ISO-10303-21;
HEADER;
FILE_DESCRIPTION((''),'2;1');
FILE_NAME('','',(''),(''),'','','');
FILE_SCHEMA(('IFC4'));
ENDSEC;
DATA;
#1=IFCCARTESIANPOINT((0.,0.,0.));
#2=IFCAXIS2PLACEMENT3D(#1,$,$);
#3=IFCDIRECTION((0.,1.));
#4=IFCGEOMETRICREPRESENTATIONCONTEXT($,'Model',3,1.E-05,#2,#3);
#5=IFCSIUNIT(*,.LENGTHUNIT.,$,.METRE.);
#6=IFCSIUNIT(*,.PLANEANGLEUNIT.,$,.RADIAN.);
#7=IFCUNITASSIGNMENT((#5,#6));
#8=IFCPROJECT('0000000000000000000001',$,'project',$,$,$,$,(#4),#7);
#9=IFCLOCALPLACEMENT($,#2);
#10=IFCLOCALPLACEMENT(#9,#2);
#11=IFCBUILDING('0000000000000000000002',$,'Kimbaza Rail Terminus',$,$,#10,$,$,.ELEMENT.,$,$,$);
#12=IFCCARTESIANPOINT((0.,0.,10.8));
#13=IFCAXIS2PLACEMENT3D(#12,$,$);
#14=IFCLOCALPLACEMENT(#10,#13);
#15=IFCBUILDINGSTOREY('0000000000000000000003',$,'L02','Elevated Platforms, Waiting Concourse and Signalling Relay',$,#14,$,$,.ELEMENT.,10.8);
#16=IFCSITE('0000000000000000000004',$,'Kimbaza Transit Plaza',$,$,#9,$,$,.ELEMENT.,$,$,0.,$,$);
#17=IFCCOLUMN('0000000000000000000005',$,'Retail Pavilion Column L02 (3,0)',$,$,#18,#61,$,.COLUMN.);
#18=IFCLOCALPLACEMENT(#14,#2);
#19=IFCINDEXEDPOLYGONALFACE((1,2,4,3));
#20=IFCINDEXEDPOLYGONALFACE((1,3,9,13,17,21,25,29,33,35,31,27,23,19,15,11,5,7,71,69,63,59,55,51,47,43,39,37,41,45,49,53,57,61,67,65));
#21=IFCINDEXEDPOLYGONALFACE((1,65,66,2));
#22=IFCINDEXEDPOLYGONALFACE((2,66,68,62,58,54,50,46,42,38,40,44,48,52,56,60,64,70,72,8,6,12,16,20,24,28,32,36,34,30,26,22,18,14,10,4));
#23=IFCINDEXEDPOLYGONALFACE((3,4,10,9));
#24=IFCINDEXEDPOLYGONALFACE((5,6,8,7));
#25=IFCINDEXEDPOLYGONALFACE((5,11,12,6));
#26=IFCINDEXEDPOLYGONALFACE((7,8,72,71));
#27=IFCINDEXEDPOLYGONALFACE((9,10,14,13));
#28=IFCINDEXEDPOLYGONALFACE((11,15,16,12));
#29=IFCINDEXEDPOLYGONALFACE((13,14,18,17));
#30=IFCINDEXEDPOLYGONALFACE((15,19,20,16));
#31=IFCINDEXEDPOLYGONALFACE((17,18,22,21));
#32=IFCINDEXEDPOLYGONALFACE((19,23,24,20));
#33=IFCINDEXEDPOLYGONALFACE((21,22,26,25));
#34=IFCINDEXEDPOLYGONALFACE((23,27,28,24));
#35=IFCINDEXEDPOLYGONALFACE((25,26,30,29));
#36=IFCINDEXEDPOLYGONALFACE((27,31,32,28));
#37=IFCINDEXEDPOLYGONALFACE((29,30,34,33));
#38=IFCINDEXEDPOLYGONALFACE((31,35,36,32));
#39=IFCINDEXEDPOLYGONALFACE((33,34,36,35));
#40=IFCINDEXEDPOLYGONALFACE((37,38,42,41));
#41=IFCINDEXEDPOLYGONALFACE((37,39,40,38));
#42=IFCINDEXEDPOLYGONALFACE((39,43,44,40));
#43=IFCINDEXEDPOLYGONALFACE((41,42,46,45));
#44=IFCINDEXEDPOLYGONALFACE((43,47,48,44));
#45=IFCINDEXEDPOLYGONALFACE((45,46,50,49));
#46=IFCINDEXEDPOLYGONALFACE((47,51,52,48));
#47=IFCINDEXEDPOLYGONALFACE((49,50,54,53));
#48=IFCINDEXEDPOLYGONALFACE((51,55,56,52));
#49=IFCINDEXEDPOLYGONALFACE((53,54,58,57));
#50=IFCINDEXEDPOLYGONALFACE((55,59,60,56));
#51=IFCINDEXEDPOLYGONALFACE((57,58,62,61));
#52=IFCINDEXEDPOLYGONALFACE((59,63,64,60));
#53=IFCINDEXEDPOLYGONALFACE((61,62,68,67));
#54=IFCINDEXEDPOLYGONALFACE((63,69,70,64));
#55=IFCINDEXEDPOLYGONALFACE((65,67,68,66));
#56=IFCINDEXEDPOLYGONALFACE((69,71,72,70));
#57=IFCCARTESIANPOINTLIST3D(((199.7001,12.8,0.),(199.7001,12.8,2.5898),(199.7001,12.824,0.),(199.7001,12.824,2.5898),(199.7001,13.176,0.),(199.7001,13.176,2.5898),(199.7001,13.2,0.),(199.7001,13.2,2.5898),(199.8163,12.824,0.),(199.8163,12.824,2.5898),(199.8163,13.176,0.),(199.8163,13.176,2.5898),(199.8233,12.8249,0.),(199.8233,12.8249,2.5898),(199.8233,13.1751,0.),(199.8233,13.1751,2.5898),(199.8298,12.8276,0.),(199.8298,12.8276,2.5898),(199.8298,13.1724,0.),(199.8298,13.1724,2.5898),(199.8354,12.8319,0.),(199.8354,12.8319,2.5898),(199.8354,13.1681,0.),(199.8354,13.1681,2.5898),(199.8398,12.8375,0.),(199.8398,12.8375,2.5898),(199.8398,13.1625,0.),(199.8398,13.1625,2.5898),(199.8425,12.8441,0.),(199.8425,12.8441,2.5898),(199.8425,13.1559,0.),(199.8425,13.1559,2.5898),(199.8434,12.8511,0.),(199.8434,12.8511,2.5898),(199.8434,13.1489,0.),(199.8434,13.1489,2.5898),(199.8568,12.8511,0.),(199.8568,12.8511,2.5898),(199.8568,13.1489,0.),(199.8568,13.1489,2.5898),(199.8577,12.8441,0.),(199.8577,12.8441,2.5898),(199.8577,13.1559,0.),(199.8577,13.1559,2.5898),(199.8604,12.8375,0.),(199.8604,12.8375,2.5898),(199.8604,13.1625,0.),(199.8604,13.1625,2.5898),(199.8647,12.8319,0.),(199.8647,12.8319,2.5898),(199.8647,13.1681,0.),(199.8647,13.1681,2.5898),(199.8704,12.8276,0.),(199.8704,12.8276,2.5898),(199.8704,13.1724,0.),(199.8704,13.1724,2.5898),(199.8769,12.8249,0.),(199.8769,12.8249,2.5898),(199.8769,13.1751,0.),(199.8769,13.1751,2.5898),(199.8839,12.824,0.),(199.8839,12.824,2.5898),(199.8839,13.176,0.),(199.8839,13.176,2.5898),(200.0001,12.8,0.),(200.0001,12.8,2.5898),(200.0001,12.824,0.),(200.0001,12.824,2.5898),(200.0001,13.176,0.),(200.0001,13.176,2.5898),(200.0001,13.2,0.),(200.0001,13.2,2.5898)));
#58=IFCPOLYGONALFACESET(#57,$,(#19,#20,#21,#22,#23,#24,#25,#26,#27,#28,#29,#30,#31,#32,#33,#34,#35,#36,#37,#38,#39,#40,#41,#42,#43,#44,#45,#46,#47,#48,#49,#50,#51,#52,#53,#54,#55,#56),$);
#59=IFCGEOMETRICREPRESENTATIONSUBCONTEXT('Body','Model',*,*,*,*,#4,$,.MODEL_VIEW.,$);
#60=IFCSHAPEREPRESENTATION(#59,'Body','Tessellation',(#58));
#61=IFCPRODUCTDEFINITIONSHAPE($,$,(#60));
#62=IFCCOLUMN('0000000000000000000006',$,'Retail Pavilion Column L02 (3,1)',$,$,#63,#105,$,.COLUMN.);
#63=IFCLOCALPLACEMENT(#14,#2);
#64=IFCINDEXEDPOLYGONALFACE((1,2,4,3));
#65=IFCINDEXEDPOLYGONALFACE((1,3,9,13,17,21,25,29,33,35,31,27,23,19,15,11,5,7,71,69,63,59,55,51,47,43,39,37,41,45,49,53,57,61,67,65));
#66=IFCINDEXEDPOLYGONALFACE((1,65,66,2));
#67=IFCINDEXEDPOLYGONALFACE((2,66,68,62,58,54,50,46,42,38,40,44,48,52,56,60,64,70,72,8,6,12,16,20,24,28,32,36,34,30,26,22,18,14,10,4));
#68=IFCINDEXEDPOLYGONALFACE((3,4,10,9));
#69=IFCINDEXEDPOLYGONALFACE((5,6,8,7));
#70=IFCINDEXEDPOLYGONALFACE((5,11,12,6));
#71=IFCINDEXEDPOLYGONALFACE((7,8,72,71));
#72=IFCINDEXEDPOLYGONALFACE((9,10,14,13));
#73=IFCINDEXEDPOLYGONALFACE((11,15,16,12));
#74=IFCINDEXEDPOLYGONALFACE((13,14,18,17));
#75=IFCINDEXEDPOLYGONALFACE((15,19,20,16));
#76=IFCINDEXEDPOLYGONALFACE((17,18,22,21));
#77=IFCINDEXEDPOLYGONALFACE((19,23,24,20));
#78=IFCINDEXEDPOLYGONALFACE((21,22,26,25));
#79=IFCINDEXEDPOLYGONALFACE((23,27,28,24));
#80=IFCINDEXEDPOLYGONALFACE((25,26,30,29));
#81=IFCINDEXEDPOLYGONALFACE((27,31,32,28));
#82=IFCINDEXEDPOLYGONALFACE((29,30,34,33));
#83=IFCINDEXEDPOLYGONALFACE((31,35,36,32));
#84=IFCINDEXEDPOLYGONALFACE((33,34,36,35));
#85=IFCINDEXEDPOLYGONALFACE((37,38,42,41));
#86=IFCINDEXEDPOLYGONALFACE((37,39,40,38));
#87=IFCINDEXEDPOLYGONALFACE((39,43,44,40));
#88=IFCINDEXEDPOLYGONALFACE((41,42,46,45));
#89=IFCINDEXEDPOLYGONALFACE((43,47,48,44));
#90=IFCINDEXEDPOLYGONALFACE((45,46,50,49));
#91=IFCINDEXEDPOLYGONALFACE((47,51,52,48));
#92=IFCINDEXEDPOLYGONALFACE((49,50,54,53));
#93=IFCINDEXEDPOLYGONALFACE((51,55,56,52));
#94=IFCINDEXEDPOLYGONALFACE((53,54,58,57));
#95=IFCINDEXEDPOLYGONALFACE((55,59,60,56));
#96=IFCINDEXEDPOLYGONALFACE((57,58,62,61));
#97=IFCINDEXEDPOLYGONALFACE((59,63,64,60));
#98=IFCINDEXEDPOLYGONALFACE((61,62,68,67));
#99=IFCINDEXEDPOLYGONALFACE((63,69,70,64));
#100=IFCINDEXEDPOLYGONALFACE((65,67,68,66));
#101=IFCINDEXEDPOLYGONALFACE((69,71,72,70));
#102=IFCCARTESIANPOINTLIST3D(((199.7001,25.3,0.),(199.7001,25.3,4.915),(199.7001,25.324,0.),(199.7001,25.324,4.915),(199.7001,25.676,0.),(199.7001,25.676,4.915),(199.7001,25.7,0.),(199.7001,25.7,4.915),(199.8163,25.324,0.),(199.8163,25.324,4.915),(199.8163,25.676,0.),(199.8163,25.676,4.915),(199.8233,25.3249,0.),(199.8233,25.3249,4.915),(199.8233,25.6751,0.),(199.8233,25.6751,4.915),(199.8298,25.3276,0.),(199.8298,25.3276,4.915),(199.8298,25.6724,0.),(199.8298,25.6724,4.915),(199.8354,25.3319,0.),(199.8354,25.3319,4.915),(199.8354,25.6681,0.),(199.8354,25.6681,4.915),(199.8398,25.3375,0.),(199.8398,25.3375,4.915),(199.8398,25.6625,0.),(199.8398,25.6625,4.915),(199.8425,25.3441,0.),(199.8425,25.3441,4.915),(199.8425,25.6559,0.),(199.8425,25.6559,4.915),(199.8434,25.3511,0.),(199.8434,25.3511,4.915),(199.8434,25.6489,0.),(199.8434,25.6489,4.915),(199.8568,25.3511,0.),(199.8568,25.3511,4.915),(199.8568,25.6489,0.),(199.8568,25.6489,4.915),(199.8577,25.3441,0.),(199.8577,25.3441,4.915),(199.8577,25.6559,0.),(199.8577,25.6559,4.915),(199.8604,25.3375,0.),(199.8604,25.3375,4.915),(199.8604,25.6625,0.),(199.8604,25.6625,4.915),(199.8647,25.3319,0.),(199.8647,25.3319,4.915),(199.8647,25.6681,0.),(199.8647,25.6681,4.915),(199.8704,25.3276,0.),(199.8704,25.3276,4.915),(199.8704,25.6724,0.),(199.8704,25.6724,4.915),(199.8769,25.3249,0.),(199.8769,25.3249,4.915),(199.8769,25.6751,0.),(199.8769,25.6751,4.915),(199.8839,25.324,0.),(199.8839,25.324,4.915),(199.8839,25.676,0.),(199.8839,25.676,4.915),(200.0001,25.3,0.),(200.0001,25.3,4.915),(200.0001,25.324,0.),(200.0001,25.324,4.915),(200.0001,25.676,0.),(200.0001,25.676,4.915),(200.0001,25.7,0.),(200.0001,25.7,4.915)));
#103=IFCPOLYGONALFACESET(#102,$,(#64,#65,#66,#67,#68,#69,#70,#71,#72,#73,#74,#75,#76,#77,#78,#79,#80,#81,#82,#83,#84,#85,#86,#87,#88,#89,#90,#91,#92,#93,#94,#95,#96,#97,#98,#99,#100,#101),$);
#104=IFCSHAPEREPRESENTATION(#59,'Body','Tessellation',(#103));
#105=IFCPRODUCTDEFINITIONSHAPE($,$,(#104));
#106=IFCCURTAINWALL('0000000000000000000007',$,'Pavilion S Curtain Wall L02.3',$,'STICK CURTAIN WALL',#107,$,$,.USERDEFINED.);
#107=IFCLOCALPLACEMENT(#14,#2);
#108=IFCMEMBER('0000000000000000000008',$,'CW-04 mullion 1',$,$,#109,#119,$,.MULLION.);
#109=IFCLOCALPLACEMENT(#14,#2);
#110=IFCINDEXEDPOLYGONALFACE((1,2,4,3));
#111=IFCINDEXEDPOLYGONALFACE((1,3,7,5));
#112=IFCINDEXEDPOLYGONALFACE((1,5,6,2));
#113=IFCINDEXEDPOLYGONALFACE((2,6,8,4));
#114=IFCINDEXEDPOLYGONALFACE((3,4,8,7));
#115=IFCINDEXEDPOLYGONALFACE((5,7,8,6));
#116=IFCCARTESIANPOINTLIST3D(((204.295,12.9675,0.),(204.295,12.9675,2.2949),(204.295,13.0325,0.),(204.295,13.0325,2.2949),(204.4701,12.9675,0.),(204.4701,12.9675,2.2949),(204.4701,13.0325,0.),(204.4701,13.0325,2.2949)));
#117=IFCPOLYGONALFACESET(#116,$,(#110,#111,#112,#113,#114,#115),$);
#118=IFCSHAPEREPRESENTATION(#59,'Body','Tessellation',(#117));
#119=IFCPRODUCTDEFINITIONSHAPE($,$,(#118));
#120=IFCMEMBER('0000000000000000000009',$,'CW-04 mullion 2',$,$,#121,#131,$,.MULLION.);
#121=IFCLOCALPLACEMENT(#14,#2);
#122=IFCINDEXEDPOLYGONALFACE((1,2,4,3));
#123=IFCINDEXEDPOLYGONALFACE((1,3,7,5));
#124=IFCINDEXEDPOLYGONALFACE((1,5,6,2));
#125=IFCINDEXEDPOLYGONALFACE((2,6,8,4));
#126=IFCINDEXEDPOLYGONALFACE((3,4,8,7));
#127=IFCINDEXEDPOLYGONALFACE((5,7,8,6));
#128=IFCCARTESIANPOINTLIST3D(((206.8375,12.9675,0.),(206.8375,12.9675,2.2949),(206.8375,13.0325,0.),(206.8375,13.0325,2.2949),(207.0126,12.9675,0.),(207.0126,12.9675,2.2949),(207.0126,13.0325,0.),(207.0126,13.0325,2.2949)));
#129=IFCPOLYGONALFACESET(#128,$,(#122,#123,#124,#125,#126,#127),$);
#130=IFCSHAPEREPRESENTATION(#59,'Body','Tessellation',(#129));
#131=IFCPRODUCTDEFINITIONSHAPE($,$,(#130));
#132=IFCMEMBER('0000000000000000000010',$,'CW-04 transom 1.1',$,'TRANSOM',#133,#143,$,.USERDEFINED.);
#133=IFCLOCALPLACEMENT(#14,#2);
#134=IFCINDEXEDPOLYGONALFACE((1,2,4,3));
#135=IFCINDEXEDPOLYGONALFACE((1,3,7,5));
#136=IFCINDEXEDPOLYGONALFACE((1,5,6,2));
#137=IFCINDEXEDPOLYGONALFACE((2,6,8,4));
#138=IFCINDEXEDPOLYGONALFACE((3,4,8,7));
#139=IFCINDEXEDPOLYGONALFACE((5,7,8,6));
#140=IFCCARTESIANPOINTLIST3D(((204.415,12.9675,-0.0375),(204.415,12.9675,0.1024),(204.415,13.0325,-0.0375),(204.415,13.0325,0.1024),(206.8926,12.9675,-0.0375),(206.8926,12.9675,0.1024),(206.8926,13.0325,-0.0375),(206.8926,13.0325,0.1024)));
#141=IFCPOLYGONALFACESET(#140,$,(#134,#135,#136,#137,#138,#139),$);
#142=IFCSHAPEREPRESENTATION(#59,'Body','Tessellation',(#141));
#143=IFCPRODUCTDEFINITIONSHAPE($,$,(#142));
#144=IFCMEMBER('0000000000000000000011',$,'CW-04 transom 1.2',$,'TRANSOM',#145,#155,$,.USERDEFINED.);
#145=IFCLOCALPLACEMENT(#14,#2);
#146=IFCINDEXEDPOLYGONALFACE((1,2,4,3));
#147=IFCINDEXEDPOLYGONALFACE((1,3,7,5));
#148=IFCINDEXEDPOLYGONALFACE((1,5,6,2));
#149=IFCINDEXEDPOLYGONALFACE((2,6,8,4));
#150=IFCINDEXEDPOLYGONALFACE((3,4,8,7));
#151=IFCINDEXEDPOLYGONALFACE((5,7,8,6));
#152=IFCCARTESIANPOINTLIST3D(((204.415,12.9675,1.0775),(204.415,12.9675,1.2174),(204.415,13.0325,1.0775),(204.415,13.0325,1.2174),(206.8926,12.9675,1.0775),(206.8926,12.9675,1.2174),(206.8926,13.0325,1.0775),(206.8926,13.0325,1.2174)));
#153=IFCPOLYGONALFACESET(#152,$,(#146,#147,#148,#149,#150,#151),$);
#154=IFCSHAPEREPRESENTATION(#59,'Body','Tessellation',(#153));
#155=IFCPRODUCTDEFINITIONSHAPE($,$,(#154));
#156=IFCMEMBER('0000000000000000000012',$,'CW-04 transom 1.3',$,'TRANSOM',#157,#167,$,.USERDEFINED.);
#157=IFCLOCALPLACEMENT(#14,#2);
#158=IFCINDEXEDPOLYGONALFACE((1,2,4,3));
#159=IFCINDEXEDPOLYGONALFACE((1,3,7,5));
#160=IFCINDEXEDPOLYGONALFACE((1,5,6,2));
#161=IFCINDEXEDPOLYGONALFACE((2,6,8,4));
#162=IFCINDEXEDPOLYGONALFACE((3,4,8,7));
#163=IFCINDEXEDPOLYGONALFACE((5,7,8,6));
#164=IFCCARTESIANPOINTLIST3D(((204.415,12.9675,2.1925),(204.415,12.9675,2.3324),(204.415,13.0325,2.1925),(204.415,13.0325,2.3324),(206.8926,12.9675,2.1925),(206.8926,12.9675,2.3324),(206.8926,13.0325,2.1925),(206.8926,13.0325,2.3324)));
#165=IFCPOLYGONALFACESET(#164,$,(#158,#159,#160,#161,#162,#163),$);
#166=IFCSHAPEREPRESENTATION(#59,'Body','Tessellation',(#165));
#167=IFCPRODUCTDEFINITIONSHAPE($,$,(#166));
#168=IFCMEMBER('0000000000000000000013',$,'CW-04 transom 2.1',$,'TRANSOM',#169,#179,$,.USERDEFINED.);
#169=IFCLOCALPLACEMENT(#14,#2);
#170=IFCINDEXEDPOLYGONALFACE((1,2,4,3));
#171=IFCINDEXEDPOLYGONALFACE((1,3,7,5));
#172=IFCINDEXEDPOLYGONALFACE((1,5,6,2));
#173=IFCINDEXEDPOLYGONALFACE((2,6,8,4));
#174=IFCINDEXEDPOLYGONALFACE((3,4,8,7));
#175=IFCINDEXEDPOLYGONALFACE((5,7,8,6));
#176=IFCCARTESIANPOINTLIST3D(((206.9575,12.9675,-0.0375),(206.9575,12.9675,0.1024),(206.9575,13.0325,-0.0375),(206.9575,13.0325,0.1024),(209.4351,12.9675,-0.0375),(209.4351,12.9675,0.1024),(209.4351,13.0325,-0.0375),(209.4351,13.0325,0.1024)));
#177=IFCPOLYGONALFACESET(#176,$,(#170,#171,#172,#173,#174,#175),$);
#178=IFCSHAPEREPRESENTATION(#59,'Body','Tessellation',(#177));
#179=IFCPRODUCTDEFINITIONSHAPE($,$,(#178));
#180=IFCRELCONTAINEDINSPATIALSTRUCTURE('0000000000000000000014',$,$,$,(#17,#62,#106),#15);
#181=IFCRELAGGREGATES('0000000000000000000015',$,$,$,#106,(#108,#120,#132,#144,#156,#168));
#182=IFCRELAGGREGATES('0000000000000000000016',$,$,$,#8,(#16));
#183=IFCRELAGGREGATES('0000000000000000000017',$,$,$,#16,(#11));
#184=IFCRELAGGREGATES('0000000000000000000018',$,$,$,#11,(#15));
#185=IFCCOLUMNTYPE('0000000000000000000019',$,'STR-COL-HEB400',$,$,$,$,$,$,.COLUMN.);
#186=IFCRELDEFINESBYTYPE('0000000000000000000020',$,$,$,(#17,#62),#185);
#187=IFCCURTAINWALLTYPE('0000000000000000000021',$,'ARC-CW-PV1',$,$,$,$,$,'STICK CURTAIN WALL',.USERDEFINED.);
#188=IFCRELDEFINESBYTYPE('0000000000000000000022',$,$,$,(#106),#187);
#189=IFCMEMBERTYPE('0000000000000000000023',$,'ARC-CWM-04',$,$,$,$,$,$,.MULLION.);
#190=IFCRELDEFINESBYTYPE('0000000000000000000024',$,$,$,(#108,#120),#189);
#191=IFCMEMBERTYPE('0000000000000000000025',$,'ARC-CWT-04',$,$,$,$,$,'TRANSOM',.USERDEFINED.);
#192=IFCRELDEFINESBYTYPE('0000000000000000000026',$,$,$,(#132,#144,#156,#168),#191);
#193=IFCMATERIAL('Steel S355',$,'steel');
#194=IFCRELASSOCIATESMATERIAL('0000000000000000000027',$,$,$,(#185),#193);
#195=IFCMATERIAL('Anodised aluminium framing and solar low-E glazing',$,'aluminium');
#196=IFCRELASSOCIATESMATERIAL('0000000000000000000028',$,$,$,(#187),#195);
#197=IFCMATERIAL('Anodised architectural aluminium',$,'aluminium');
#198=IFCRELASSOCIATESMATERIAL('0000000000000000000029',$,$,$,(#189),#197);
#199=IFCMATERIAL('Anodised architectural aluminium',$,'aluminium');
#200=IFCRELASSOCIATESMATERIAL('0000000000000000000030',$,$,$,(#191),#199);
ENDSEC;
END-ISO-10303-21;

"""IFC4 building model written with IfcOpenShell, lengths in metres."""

from ifc_helpers import new_model, si_unit, direction, frame, origin, origin_2d, place, context, subcontext, project, spatial, rectangle, i_section, extrude, material, material_profile, profile_set, type_object, element, aggregate, save


model = new_model("IFC4")

# Units and contexts
model_context = context("Model", 3, precision=1e-05, world=origin(), true_north=direction((0.0, 1.0)))
body_context = subcontext(model_context, "Body", "Model", "MODEL_VIEW")
ifc_project = project(units=[si_unit("LENGTHUNIT", "METRE"), si_unit("PLANEANGLEUNIT", "RADIAN")], contexts=[model_context])

# Site, building, storey
site_placement = place(None, origin())
site = spatial("IfcSite", under=ifc_project, at=site_placement, Name="Kimbaza Transit Plaza", CompositionType="ELEMENT", RefElevation=0.0)
building_placement = place(site_placement, origin())
building = spatial("IfcBuilding", under=site, at=building_placement, Name="Kimbaza Rail Terminus", CompositionType="ELEMENT")
storey_placement = place(building_placement, frame((0.0, 0.0, 10.8)))
storey = spatial("IfcBuildingStorey", under=building, at=storey_placement, Name="L02", Description="Elevated Platforms, Waiting Concourse and Signalling Relay", CompositionType="ELEMENT", Elevation=10.8)

# Columns
ifc_material_1 = material(Name="Steel S355", Category="steel")
ifc_material_profile_1 = material_profile(ifc_material_1, i_section(OverallWidth=0.3, OverallDepth=0.3999, WebThickness=0.0134, FlangeThickness=0.0239, FilletRadius=0.0271, at=origin_2d()), Name="HEB 400")
ifc_profile_set_1 = profile_set([ifc_material_profile_1], Name="Steel S355")
column_type = type_object("IfcColumnType", Name="STR-COL-HEB400", PredefinedType="COLUMN", material=ifc_profile_set_1)
column_1_placement = place(storey_placement, frame((199.8501, 13.0, 0.0), z_axis=(0.0, 0.0, 1.0), x_axis=(1.0, 0.0, 0.0)))
element("IfcColumn", 1, at=column_1_placement, inside=storey, type_object=column_type, Name="Retail Pavilion Column L02 (3,0)", PredefinedType="COLUMN", context=body_context, shape_type="SweptSolid", body=[
    extrude(i_section(OverallWidth=0.3, OverallDepth=0.3999, WebThickness=0.0134, FlangeThickness=0.0239, FilletRadius=0.0271, at=origin_2d()), origin(), (0.0, 0.0, 1.0), 2.5898),
])
column_2_placement = place(storey_placement, frame((199.8501, 25.5, 0.0), z_axis=(0.0, 0.0, 1.0), x_axis=(1.0, 0.0, 0.0)))
element("IfcColumn", 2, at=column_2_placement, inside=storey, type_object=column_type, Name="Retail Pavilion Column L02 (3,1)", PredefinedType="COLUMN", context=body_context, shape_type="SweptSolid", body=[
    extrude(i_section(OverallWidth=0.3, OverallDepth=0.3999, WebThickness=0.0134, FlangeThickness=0.0239, FilletRadius=0.0271, at=origin_2d()), origin(), (0.0, 0.0, 1.0), 4.915),
])

# Curtain wall, members
ifc_material_2 = material(Name="Anodised aluminium framing and solar low-E glazing", Category="aluminium")
curtain_wall_type = type_object("IfcCurtainWallType", Name="ARC-CW-PV1", ElementType="STICK CURTAIN WALL", PredefinedType="USERDEFINED", material=ifc_material_2)
curtain_wall_placement = place(storey_placement, origin())
curtain_wall = element("IfcCurtainWall", 3, at=curtain_wall_placement, inside=storey, type_object=curtain_wall_type, Name="Pavilion S Curtain Wall L02.3", ObjectType="STICK CURTAIN WALL", PredefinedType="USERDEFINED")
ifc_material_3 = material(Name="Anodised architectural aluminium", Category="aluminium")
ifc_material_profile_2 = material_profile(ifc_material_3, rectangle(XDim=0.0649, YDim=0.175, at=origin_2d()), Name="MULLION 65x175")
ifc_profile_set_2 = profile_set([ifc_material_profile_2], Name="Anodised architectural aluminium")
member_type_1 = type_object("IfcMemberType", Name="ARC-CWM-04", PredefinedType="MULLION", material=ifc_profile_set_2)
member_1_placement = place(storey_placement, frame((204.3826, 13.0, 0.0), z_axis=(0.0, 0.0, 1.0), x_axis=(0.0, 1.0, 0.0)))
member_1 = element("IfcMember", 4, at=member_1_placement, type_object=member_type_1, Name="CW-04 mullion 1", PredefinedType="MULLION", context=body_context, shape_type="SweptSolid", body=[
    extrude(rectangle(XDim=0.0649, YDim=0.175, at=origin_2d()), origin(), (0.0, 0.0, 1.0), 2.2949),
])
member_2_placement = place(storey_placement, frame((206.925, 13.0, 0.0), z_axis=(0.0, 0.0, 1.0), x_axis=(0.0, 1.0, 0.0)))
member_2 = element("IfcMember", 5, at=member_2_placement, type_object=member_type_1, Name="CW-04 mullion 2", PredefinedType="MULLION", context=body_context, shape_type="SweptSolid", body=[
    extrude(rectangle(XDim=0.0649, YDim=0.175, at=origin_2d()), origin(), (0.0, 0.0, 1.0), 2.2949),
])
ifc_material_4 = material(Name="Anodised architectural aluminium", Category="aluminium")
ifc_material_profile_3 = material_profile(ifc_material_4, rectangle(XDim=0.0649, YDim=0.1399, at=origin_2d()), Name="TRANSOM 65x140")
ifc_profile_set_3 = profile_set([ifc_material_profile_3], Name="Anodised architectural aluminium")
member_type_2 = type_object("IfcMemberType", Name="ARC-CWT-04", ElementType="TRANSOM", PredefinedType="USERDEFINED", material=ifc_profile_set_3)
member_3_placement = place(storey_placement, frame((204.415, 13.0, 0.0325), z_axis=(1.0, 0.0, 0.0), x_axis=(0.0, 1.0, 0.0)))
member_3 = element("IfcMember", 6, at=member_3_placement, type_object=member_type_2, Name="CW-04 transom 1.1", ObjectType="TRANSOM", PredefinedType="USERDEFINED", context=body_context, shape_type="SweptSolid", body=[
    extrude(rectangle(XDim=0.0649, YDim=0.1399, at=origin_2d()), origin(), (0.0, 0.0, 1.0), 2.4775),
])
member_4_placement = place(storey_placement, frame((204.415, 13.0, 1.1475), z_axis=(1.0, 0.0, 0.0), x_axis=(0.0, 1.0, 0.0)))
member_4 = element("IfcMember", 7, at=member_4_placement, type_object=member_type_2, Name="CW-04 transom 1.2", ObjectType="TRANSOM", PredefinedType="USERDEFINED", context=body_context, shape_type="SweptSolid", body=[
    extrude(rectangle(XDim=0.0649, YDim=0.1399, at=origin_2d()), origin(), (0.0, 0.0, 1.0), 2.4775),
])
member_5_placement = place(storey_placement, frame((204.415, 13.0, 2.2625), z_axis=(1.0, 0.0, 0.0), x_axis=(0.0, 1.0, 0.0)))
member_5 = element("IfcMember", 8, at=member_5_placement, type_object=member_type_2, Name="CW-04 transom 1.3", ObjectType="TRANSOM", PredefinedType="USERDEFINED", context=body_context, shape_type="SweptSolid", body=[
    extrude(rectangle(XDim=0.0649, YDim=0.1399, at=origin_2d()), origin(), (0.0, 0.0, 1.0), 2.4775),
])
member_6_placement = place(storey_placement, frame((206.9575, 13.0, 0.0325), z_axis=(1.0, 0.0, 0.0), x_axis=(0.0, 1.0, 0.0)))
member_6 = element("IfcMember", 9, at=member_6_placement, type_object=member_type_2, Name="CW-04 transom 2.1", ObjectType="TRANSOM", PredefinedType="USERDEFINED", context=body_context, shape_type="SweptSolid", body=[
    extrude(rectangle(XDim=0.0649, YDim=0.1399, at=origin_2d()), origin(), (0.0, 0.0, 1.0), 2.4775),
])

aggregate(curtain_wall, [member_1, member_2, member_3, member_4, member_5, member_6])

save(model, "model.ifc")
